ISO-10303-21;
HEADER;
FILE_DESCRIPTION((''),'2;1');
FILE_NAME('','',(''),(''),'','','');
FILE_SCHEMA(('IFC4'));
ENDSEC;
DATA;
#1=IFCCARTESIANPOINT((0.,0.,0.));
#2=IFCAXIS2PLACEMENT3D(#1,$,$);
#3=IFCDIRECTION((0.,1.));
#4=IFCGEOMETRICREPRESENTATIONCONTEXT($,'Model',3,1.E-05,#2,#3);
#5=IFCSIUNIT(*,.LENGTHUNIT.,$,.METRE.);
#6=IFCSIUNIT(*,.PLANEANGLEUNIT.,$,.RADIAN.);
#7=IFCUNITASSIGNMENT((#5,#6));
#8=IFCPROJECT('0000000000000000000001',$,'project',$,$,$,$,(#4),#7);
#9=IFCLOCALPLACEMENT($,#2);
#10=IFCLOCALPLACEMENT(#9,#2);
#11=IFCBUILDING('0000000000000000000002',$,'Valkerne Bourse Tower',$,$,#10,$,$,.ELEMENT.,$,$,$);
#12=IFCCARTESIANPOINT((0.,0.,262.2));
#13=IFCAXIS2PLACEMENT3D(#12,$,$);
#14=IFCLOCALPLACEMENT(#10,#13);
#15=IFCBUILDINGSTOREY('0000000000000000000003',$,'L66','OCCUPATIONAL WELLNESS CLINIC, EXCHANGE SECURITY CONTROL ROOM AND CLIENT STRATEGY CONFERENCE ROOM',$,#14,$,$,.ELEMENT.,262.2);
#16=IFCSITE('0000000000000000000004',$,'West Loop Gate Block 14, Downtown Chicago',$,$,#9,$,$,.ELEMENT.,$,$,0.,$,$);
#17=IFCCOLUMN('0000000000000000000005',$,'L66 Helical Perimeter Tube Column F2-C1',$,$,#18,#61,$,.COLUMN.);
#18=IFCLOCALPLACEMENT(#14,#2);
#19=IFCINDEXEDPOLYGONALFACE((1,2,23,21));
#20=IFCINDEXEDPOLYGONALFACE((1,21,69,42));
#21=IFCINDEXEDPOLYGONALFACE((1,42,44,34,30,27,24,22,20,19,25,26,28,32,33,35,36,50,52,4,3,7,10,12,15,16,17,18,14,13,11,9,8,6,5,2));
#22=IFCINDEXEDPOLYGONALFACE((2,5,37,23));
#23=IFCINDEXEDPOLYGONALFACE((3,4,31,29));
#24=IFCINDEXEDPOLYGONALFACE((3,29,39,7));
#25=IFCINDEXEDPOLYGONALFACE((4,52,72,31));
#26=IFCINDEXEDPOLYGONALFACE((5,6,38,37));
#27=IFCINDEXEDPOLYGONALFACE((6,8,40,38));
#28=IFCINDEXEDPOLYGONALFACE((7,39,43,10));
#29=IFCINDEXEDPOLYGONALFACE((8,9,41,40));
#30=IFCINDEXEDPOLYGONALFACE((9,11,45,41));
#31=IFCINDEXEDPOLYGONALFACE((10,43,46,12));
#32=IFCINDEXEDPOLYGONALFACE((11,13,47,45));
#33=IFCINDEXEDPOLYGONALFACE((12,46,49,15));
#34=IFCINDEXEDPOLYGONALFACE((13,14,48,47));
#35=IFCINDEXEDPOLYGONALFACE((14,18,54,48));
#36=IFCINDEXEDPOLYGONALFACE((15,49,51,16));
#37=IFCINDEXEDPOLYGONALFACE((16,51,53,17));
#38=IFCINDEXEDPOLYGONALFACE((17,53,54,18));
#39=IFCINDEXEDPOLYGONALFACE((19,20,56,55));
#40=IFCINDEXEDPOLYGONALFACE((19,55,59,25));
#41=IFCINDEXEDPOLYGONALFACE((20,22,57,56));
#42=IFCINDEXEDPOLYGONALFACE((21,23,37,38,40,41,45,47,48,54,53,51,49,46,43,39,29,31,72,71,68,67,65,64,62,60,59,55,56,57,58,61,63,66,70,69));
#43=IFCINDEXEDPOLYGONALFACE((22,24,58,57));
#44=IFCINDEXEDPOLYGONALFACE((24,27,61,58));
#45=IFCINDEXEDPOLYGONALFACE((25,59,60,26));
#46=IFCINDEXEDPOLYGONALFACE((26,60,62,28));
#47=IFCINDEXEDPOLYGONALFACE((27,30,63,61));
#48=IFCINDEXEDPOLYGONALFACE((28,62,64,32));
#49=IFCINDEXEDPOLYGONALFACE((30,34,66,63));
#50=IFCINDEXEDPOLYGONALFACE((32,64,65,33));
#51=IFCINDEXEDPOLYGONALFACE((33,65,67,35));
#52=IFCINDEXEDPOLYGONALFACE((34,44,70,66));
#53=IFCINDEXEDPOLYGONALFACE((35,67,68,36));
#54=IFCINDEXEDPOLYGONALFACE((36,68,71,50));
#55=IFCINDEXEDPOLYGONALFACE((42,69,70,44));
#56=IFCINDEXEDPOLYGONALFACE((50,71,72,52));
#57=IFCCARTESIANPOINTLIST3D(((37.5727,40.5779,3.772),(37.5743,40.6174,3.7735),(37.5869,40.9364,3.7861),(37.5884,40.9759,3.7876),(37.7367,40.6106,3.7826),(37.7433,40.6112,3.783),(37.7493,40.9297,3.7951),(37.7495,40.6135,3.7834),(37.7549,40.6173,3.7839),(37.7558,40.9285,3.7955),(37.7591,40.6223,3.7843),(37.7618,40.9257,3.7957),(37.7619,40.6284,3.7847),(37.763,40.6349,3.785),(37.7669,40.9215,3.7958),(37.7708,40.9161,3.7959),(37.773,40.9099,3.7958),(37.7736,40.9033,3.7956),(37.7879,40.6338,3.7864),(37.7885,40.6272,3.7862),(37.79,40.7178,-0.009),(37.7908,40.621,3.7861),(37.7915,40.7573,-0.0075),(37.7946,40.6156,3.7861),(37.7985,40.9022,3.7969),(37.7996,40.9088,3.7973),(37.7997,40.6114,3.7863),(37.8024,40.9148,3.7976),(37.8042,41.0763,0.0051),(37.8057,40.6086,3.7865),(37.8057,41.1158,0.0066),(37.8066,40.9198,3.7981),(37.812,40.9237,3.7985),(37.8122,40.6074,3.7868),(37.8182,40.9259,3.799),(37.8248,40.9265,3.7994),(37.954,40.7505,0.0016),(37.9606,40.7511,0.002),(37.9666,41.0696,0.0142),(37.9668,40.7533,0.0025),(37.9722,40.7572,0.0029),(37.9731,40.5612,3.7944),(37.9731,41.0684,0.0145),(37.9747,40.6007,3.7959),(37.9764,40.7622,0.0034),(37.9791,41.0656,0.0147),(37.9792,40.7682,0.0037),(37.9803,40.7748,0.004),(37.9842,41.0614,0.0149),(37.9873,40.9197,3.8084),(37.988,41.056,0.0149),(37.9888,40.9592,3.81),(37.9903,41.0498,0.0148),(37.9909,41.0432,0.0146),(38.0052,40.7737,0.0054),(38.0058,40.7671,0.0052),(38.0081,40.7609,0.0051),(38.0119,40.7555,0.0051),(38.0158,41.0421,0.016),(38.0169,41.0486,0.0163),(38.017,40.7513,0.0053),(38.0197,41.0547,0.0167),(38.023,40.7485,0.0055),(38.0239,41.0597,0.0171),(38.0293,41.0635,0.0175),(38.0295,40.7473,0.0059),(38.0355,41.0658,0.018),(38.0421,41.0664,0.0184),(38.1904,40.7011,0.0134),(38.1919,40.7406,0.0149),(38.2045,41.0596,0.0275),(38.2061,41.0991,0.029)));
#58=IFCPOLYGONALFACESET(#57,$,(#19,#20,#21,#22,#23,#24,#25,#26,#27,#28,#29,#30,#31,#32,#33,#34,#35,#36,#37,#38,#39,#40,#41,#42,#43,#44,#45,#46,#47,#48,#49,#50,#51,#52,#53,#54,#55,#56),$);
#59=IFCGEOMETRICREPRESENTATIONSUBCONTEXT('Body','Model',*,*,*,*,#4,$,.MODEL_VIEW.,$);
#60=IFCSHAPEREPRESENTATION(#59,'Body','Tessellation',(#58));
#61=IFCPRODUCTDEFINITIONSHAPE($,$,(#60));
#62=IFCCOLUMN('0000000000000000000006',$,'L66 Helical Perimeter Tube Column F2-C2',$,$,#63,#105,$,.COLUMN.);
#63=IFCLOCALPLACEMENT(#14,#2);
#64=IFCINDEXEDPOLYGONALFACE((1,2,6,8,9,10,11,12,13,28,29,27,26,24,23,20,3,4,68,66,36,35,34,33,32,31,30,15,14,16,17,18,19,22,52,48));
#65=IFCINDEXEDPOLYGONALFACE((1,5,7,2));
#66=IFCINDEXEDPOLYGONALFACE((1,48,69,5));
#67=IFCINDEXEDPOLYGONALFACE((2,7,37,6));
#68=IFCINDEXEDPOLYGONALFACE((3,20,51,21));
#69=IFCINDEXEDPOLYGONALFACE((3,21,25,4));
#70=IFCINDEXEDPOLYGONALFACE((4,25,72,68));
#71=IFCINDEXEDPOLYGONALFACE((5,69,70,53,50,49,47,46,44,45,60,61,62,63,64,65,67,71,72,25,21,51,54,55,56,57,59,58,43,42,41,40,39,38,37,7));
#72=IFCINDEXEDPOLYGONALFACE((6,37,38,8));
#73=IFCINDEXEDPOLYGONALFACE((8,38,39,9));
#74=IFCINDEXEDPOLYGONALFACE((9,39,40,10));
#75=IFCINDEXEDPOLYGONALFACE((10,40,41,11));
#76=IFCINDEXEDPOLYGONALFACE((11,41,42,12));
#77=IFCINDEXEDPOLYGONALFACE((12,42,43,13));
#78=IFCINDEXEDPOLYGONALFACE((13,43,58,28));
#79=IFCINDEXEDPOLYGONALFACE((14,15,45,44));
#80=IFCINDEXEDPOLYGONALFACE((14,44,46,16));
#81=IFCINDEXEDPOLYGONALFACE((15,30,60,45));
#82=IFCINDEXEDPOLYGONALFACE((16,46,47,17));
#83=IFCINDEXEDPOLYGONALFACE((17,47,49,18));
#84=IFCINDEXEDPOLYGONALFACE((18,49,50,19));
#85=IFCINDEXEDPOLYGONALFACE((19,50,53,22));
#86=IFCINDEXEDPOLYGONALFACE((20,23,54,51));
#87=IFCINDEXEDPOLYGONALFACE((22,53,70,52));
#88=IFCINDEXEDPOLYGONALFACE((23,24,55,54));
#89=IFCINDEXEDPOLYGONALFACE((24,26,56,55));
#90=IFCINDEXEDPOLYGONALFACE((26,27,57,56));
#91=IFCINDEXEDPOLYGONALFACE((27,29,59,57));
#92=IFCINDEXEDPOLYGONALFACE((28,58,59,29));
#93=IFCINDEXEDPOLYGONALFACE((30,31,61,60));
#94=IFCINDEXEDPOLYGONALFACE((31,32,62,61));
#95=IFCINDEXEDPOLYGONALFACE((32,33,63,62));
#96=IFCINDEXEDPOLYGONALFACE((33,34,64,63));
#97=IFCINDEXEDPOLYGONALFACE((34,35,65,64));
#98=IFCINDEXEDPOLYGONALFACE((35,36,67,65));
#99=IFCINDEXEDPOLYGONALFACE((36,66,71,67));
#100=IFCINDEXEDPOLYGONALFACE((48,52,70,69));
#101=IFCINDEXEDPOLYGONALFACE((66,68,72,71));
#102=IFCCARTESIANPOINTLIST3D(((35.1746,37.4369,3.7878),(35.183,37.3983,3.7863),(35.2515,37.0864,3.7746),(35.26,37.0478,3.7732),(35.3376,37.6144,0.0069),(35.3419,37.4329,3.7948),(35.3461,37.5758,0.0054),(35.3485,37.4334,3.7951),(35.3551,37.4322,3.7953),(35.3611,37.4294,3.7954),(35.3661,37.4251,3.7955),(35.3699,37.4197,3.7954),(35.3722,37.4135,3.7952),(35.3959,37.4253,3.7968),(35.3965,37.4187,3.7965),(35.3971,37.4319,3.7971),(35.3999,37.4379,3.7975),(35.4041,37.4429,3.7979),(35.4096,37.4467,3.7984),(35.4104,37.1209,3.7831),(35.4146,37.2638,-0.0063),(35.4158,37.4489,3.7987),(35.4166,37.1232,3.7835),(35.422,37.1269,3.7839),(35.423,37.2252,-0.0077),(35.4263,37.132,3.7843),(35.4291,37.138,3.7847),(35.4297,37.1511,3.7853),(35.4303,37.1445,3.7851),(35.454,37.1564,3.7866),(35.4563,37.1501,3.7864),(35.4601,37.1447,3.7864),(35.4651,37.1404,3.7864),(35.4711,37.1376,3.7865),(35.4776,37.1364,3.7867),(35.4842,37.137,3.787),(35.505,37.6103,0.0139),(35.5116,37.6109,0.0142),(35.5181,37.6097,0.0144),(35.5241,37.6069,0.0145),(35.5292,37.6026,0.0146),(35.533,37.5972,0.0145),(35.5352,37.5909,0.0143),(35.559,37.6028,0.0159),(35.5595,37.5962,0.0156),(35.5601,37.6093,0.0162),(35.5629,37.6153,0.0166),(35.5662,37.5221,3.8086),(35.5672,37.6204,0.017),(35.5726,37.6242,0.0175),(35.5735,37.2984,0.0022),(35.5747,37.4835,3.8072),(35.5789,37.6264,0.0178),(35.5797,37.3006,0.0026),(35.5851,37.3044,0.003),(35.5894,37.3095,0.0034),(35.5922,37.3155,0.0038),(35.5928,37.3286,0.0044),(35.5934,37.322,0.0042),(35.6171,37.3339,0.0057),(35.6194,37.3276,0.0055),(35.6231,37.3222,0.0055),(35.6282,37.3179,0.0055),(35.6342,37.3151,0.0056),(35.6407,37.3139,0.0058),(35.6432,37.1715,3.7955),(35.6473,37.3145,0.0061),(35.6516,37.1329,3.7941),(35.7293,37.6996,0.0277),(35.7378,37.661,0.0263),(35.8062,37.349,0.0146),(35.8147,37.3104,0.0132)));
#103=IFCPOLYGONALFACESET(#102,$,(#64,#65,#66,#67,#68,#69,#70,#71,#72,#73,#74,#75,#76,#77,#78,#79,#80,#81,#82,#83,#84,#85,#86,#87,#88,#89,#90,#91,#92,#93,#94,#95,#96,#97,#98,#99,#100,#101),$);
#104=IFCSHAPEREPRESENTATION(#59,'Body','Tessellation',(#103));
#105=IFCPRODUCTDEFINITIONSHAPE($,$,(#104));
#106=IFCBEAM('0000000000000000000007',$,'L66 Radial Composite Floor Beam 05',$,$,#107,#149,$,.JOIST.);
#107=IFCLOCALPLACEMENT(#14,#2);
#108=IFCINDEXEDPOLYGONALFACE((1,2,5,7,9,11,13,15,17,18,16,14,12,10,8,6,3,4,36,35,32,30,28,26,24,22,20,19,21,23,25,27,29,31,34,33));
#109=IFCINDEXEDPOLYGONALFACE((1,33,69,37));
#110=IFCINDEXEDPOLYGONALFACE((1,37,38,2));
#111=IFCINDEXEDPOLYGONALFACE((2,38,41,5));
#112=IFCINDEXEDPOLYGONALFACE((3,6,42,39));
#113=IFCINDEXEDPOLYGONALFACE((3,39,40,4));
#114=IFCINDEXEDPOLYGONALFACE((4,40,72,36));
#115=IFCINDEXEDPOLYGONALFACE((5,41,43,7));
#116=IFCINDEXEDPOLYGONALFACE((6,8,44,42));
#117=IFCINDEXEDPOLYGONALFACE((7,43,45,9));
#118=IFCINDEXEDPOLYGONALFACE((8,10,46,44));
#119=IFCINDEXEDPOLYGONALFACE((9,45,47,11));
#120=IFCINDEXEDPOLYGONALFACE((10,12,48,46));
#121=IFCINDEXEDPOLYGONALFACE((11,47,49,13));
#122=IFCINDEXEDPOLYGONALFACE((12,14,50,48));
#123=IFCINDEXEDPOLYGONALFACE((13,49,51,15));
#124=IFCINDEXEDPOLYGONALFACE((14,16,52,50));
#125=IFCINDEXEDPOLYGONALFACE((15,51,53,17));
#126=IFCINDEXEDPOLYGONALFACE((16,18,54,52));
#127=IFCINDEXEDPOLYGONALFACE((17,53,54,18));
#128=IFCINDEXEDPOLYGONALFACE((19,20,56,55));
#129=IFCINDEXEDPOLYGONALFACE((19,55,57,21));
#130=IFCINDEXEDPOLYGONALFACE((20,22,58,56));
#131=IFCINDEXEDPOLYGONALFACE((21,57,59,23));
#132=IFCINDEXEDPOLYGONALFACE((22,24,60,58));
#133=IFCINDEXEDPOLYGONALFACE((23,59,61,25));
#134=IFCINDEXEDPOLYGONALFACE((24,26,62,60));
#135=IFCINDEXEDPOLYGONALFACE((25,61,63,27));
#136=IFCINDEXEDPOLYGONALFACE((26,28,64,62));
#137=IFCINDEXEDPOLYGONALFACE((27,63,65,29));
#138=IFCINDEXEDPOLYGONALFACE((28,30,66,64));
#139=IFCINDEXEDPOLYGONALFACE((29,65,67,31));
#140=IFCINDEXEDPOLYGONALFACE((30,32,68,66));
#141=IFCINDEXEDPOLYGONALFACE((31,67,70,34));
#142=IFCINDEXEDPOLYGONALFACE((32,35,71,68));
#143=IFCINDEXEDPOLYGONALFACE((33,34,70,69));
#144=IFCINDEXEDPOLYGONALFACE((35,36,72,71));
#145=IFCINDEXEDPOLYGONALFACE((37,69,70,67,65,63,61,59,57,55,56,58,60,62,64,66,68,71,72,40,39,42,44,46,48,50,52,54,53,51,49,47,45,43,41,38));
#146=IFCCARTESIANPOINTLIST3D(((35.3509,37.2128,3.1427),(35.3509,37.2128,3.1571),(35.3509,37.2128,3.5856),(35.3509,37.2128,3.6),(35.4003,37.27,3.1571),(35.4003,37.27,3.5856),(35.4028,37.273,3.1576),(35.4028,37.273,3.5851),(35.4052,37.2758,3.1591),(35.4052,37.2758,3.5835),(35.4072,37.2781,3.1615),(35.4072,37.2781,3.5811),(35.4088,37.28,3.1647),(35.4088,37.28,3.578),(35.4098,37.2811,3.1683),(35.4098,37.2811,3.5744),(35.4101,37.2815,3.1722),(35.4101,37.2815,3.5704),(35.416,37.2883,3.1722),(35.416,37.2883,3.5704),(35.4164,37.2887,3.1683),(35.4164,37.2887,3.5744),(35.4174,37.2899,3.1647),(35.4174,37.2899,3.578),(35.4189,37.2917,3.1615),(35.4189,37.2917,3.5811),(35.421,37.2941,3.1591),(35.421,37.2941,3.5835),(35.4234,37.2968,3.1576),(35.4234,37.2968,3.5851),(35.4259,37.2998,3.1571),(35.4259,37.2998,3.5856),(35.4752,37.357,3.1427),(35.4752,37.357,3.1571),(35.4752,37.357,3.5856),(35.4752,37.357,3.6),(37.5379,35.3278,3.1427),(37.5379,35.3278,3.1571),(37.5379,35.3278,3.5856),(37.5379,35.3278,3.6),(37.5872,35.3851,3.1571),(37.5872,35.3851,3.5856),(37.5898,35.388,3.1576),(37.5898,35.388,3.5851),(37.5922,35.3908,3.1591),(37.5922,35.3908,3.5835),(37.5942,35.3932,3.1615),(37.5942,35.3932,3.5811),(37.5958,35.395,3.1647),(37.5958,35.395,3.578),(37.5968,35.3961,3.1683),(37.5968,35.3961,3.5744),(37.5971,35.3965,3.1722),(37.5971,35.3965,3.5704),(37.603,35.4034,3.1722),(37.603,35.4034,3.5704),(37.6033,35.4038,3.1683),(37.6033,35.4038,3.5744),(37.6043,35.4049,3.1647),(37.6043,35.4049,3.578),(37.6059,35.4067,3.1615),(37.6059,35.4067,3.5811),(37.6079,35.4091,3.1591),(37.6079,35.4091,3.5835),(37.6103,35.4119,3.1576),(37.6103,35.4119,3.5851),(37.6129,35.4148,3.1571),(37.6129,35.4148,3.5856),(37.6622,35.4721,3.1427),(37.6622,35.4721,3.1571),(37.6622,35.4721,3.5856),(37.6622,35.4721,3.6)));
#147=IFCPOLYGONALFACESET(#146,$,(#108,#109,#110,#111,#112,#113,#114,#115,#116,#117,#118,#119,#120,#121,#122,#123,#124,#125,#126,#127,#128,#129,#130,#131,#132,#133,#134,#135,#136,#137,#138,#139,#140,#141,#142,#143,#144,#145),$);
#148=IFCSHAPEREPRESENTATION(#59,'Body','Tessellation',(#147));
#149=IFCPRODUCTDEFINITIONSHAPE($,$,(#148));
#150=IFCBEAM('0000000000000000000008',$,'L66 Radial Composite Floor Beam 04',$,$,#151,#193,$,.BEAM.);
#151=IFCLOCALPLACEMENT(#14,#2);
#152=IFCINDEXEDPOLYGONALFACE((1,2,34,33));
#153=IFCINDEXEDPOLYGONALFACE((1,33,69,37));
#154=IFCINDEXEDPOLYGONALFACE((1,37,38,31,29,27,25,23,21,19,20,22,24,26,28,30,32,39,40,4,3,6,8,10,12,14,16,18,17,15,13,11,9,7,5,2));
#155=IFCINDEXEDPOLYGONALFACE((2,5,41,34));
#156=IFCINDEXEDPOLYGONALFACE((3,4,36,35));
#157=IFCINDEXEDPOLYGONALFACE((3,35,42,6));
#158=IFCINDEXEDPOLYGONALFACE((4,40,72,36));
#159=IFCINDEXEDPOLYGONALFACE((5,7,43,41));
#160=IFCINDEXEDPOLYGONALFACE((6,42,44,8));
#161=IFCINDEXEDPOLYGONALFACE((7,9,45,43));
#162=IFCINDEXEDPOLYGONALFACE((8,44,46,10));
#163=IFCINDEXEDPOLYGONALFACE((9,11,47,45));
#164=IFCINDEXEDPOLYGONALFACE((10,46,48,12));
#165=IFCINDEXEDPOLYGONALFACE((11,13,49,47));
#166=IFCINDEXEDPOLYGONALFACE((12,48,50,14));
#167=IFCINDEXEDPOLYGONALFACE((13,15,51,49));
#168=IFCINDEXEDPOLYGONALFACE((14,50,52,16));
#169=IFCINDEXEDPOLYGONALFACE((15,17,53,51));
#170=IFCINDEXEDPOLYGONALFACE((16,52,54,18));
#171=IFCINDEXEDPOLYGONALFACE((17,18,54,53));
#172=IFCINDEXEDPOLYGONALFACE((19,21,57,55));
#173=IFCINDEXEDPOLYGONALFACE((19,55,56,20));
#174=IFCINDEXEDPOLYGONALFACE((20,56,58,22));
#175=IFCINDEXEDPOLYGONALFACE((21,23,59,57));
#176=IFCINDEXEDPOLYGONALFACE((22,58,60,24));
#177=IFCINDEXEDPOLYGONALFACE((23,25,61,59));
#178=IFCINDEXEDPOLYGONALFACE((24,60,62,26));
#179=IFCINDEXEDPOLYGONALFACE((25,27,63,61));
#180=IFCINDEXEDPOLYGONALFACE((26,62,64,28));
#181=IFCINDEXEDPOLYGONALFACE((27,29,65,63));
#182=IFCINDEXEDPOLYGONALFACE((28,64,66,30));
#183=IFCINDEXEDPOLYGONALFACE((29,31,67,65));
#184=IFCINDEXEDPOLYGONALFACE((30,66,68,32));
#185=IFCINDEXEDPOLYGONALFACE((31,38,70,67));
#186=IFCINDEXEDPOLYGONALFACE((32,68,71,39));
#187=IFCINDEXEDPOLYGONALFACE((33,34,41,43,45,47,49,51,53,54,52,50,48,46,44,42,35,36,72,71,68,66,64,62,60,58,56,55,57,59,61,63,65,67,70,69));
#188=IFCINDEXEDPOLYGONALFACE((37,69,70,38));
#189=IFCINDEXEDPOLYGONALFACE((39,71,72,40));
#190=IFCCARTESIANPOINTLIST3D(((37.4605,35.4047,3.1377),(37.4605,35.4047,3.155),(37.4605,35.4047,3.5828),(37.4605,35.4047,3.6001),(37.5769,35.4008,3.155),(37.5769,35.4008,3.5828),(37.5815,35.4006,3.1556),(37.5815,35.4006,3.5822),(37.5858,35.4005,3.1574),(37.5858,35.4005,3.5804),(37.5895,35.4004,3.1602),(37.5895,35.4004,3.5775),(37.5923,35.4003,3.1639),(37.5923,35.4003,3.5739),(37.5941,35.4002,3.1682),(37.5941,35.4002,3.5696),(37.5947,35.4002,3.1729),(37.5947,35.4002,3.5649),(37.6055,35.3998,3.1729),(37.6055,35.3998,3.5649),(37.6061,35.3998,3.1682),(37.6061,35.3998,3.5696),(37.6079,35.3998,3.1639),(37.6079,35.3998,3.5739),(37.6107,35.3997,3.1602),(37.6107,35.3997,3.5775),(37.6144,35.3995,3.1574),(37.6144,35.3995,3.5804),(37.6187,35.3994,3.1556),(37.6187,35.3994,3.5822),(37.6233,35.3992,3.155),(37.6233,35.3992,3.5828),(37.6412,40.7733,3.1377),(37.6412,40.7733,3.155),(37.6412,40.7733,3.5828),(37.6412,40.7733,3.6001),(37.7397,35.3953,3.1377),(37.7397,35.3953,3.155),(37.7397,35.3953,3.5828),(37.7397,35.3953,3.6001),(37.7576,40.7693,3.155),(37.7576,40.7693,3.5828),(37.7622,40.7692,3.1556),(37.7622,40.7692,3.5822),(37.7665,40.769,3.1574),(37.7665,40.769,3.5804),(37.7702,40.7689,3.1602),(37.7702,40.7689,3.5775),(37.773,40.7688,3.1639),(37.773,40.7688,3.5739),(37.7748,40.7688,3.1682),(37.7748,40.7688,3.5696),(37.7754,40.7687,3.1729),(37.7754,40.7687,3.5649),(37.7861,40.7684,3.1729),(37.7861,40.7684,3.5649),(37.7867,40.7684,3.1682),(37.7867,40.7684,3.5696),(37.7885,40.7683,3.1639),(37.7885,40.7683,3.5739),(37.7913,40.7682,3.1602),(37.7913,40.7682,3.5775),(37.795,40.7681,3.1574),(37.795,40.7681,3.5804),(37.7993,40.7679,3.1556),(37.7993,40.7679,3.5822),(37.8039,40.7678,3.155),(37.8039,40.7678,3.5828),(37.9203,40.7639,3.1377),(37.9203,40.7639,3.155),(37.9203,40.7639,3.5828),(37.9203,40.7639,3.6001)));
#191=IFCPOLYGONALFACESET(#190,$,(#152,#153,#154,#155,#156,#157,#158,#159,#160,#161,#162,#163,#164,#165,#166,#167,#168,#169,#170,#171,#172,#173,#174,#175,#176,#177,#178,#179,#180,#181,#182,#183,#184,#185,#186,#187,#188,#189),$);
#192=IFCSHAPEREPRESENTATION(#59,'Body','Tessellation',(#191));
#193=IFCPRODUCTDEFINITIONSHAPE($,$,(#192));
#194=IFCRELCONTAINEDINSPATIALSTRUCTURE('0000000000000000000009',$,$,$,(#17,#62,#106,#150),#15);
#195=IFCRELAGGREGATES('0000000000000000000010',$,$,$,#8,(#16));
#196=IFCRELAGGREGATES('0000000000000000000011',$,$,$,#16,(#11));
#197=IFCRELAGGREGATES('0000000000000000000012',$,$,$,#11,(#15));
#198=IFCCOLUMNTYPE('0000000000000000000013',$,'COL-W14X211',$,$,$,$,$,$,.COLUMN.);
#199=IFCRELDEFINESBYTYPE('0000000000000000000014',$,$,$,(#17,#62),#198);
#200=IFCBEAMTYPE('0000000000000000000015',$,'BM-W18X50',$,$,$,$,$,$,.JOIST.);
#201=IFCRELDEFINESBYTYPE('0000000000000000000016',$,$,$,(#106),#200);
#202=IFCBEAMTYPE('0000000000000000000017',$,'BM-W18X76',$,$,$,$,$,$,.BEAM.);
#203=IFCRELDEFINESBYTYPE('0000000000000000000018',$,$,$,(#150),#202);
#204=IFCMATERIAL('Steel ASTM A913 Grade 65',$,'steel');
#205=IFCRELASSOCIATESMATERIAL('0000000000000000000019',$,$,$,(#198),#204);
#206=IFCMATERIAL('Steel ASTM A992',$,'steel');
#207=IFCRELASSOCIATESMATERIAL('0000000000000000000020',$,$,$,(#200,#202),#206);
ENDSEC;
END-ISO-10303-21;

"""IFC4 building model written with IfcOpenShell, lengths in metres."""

from ifc_helpers import new_model, si_unit, direction, frame, origin, origin_2d, place, context, subcontext, project, spatial, i_section, extrude, material, material_profile, profile_set, type_object, element, save


model = new_model("IFC4")

# Units and contexts
model_context = context("Model", 3, precision=1e-05, world=origin(), true_north=direction((0.0, 1.0)))
body_context = subcontext(model_context, "Body", "Model", "MODEL_VIEW")
ifc_project = project(units=[si_unit("LENGTHUNIT", "METRE"), si_unit("PLANEANGLEUNIT", "RADIAN")], contexts=[model_context])

# Site, building, storey
site_placement = place(None, origin())
site = spatial("IfcSite", under=ifc_project, at=site_placement, Name="West Loop Gate Block 14, Downtown Chicago", CompositionType="ELEMENT", RefElevation=0.0)
building_placement = place(site_placement, origin())
building = spatial("IfcBuilding", under=site, at=building_placement, Name="Valkerne Bourse Tower", CompositionType="ELEMENT")
storey_placement = place(building_placement, frame((0.0, 0.0, 262.2)))
storey = spatial("IfcBuildingStorey", under=building, at=storey_placement, Name="L66", Description="OCCUPATIONAL WELLNESS CLINIC, EXCHANGE SECURITY CONTROL ROOM AND CLIENT STRATEGY CONFERENCE ROOM", CompositionType="ELEMENT", Elevation=262.2)

# Columns
ifc_material_1 = material(Name="Steel ASTM A913 Grade 65", Category="steel")
ifc_material_profile_1 = material_profile(ifc_material_1, i_section(OverallWidth=0.4014, OverallDepth=0.3987, WebThickness=0.0249, FlangeThickness=0.0396, FilletRadius=0.0254, at=origin_2d()), Name="W14X211")
ifc_profile_set_1 = profile_set([ifc_material_profile_1], Name="Steel ASTM A913 Grade 65")
column_type = type_object("IfcColumnType", Name="COL-W14X211", PredefinedType="COLUMN", material=ifc_profile_set_1)
column_1_placement = place(storey_placement, frame((37.998, 40.9084, 0.01), z_axis=(-0.057334, -0.036913, 0.997672), x_axis=(-0.997575, 0.041612, -0.055789)))
element("IfcColumn", 1, at=column_1_placement, inside=storey, type_object=column_type, Name="L66 Helical Perimeter Tube Column F2-C1", PredefinedType="COLUMN", context=body_context, shape_type="SweptSolid", body=[
    extrude(i_section(OverallWidth=0.4014, OverallDepth=0.3987, WebThickness=0.0249, FlangeThickness=0.0396, FilletRadius=0.0254, at=origin_2d()), origin(), (0.0, 0.0, 1.0), 3.7898),
])
column_2_placement = place(storey_placement, frame((35.5762, 37.4624, 0.01), z_axis=(-0.043046, -0.046847, 0.997974), x_axis=(-0.975843, -0.212182, -0.052051)))
element("IfcColumn", 2, at=column_2_placement, inside=storey, type_object=column_type, Name="L66 Helical Perimeter Tube Column F2-C2", PredefinedType="COLUMN", context=body_context, shape_type="SweptSolid", body=[
    extrude(i_section(OverallWidth=0.4014, OverallDepth=0.3987, WebThickness=0.0249, FlangeThickness=0.0396, FilletRadius=0.0254, at=origin_2d()), origin(), (0.0, 0.0, 1.0), 3.7886),
])

# Beams
ifc_material_2 = material(Name="Steel ASTM A992", Category="steel")
ifc_material_profile_2 = material_profile(ifc_material_2, i_section(OverallWidth=0.1904, OverallDepth=0.4573, WebThickness=0.009, FlangeThickness=0.0144, FilletRadius=0.0151, at=origin_2d()), Name="W18X50")
ifc_profile_set_2 = profile_set([ifc_material_profile_2], Name="Steel ASTM A992")
beam_type_1 = type_object("IfcBeamType", Name="BM-W18X50", PredefinedType="JOIST", material=ifc_profile_set_2)
beam_1_placement = place(storey_placement, frame((35.4131, 37.2849, 3.3713), z_axis=(0.757469, -0.652871, 0.0), x_axis=(0.652871, 0.757469, 0.0)))
element("IfcBeam", 3, at=beam_1_placement, inside=storey, type_object=beam_type_1, Name="L66 Radial Composite Floor Beam 05", PredefinedType="JOIST", context=body_context, shape_type="SweptSolid", body=[
    extrude(i_section(OverallWidth=0.1904, OverallDepth=0.4573, WebThickness=0.009, FlangeThickness=0.0144, FilletRadius=0.0151, at=origin_2d()), origin(), (0.0, 0.0, 1.0), 2.8872),
])
ifc_material_profile_3 = material_profile(ifc_material_2, i_section(OverallWidth=0.2793, OverallDepth=0.4624, WebThickness=0.0107, FlangeThickness=0.0173, FilletRadius=0.0178, at=origin_2d()), Name="W18X76")
ifc_profile_set_3 = profile_set([ifc_material_profile_3], Name="Steel ASTM A992")
beam_type_2 = type_object("IfcBeamType", Name="BM-W18X76", PredefinedType="BEAM", material=ifc_profile_set_3)
beam_2_placement = place(storey_placement, frame((37.7808, 40.7686, 3.3689), z_axis=(-0.033633, -0.999434, 0.0), x_axis=(0.999434, -0.033633, 0.0)))
element("IfcBeam", 4, at=beam_2_placement, inside=storey, type_object=beam_type_2, Name="L66 Radial Composite Floor Beam 04", PredefinedType="BEAM", context=body_context, shape_type="SweptSolid", body=[
    extrude(i_section(OverallWidth=0.2793, OverallDepth=0.4624, WebThickness=0.0107, FlangeThickness=0.0173, FilletRadius=0.0178, at=origin_2d()), origin(), (0.0, 0.0, 1.0), 5.3716),
])

save(model, "model.ifc")
